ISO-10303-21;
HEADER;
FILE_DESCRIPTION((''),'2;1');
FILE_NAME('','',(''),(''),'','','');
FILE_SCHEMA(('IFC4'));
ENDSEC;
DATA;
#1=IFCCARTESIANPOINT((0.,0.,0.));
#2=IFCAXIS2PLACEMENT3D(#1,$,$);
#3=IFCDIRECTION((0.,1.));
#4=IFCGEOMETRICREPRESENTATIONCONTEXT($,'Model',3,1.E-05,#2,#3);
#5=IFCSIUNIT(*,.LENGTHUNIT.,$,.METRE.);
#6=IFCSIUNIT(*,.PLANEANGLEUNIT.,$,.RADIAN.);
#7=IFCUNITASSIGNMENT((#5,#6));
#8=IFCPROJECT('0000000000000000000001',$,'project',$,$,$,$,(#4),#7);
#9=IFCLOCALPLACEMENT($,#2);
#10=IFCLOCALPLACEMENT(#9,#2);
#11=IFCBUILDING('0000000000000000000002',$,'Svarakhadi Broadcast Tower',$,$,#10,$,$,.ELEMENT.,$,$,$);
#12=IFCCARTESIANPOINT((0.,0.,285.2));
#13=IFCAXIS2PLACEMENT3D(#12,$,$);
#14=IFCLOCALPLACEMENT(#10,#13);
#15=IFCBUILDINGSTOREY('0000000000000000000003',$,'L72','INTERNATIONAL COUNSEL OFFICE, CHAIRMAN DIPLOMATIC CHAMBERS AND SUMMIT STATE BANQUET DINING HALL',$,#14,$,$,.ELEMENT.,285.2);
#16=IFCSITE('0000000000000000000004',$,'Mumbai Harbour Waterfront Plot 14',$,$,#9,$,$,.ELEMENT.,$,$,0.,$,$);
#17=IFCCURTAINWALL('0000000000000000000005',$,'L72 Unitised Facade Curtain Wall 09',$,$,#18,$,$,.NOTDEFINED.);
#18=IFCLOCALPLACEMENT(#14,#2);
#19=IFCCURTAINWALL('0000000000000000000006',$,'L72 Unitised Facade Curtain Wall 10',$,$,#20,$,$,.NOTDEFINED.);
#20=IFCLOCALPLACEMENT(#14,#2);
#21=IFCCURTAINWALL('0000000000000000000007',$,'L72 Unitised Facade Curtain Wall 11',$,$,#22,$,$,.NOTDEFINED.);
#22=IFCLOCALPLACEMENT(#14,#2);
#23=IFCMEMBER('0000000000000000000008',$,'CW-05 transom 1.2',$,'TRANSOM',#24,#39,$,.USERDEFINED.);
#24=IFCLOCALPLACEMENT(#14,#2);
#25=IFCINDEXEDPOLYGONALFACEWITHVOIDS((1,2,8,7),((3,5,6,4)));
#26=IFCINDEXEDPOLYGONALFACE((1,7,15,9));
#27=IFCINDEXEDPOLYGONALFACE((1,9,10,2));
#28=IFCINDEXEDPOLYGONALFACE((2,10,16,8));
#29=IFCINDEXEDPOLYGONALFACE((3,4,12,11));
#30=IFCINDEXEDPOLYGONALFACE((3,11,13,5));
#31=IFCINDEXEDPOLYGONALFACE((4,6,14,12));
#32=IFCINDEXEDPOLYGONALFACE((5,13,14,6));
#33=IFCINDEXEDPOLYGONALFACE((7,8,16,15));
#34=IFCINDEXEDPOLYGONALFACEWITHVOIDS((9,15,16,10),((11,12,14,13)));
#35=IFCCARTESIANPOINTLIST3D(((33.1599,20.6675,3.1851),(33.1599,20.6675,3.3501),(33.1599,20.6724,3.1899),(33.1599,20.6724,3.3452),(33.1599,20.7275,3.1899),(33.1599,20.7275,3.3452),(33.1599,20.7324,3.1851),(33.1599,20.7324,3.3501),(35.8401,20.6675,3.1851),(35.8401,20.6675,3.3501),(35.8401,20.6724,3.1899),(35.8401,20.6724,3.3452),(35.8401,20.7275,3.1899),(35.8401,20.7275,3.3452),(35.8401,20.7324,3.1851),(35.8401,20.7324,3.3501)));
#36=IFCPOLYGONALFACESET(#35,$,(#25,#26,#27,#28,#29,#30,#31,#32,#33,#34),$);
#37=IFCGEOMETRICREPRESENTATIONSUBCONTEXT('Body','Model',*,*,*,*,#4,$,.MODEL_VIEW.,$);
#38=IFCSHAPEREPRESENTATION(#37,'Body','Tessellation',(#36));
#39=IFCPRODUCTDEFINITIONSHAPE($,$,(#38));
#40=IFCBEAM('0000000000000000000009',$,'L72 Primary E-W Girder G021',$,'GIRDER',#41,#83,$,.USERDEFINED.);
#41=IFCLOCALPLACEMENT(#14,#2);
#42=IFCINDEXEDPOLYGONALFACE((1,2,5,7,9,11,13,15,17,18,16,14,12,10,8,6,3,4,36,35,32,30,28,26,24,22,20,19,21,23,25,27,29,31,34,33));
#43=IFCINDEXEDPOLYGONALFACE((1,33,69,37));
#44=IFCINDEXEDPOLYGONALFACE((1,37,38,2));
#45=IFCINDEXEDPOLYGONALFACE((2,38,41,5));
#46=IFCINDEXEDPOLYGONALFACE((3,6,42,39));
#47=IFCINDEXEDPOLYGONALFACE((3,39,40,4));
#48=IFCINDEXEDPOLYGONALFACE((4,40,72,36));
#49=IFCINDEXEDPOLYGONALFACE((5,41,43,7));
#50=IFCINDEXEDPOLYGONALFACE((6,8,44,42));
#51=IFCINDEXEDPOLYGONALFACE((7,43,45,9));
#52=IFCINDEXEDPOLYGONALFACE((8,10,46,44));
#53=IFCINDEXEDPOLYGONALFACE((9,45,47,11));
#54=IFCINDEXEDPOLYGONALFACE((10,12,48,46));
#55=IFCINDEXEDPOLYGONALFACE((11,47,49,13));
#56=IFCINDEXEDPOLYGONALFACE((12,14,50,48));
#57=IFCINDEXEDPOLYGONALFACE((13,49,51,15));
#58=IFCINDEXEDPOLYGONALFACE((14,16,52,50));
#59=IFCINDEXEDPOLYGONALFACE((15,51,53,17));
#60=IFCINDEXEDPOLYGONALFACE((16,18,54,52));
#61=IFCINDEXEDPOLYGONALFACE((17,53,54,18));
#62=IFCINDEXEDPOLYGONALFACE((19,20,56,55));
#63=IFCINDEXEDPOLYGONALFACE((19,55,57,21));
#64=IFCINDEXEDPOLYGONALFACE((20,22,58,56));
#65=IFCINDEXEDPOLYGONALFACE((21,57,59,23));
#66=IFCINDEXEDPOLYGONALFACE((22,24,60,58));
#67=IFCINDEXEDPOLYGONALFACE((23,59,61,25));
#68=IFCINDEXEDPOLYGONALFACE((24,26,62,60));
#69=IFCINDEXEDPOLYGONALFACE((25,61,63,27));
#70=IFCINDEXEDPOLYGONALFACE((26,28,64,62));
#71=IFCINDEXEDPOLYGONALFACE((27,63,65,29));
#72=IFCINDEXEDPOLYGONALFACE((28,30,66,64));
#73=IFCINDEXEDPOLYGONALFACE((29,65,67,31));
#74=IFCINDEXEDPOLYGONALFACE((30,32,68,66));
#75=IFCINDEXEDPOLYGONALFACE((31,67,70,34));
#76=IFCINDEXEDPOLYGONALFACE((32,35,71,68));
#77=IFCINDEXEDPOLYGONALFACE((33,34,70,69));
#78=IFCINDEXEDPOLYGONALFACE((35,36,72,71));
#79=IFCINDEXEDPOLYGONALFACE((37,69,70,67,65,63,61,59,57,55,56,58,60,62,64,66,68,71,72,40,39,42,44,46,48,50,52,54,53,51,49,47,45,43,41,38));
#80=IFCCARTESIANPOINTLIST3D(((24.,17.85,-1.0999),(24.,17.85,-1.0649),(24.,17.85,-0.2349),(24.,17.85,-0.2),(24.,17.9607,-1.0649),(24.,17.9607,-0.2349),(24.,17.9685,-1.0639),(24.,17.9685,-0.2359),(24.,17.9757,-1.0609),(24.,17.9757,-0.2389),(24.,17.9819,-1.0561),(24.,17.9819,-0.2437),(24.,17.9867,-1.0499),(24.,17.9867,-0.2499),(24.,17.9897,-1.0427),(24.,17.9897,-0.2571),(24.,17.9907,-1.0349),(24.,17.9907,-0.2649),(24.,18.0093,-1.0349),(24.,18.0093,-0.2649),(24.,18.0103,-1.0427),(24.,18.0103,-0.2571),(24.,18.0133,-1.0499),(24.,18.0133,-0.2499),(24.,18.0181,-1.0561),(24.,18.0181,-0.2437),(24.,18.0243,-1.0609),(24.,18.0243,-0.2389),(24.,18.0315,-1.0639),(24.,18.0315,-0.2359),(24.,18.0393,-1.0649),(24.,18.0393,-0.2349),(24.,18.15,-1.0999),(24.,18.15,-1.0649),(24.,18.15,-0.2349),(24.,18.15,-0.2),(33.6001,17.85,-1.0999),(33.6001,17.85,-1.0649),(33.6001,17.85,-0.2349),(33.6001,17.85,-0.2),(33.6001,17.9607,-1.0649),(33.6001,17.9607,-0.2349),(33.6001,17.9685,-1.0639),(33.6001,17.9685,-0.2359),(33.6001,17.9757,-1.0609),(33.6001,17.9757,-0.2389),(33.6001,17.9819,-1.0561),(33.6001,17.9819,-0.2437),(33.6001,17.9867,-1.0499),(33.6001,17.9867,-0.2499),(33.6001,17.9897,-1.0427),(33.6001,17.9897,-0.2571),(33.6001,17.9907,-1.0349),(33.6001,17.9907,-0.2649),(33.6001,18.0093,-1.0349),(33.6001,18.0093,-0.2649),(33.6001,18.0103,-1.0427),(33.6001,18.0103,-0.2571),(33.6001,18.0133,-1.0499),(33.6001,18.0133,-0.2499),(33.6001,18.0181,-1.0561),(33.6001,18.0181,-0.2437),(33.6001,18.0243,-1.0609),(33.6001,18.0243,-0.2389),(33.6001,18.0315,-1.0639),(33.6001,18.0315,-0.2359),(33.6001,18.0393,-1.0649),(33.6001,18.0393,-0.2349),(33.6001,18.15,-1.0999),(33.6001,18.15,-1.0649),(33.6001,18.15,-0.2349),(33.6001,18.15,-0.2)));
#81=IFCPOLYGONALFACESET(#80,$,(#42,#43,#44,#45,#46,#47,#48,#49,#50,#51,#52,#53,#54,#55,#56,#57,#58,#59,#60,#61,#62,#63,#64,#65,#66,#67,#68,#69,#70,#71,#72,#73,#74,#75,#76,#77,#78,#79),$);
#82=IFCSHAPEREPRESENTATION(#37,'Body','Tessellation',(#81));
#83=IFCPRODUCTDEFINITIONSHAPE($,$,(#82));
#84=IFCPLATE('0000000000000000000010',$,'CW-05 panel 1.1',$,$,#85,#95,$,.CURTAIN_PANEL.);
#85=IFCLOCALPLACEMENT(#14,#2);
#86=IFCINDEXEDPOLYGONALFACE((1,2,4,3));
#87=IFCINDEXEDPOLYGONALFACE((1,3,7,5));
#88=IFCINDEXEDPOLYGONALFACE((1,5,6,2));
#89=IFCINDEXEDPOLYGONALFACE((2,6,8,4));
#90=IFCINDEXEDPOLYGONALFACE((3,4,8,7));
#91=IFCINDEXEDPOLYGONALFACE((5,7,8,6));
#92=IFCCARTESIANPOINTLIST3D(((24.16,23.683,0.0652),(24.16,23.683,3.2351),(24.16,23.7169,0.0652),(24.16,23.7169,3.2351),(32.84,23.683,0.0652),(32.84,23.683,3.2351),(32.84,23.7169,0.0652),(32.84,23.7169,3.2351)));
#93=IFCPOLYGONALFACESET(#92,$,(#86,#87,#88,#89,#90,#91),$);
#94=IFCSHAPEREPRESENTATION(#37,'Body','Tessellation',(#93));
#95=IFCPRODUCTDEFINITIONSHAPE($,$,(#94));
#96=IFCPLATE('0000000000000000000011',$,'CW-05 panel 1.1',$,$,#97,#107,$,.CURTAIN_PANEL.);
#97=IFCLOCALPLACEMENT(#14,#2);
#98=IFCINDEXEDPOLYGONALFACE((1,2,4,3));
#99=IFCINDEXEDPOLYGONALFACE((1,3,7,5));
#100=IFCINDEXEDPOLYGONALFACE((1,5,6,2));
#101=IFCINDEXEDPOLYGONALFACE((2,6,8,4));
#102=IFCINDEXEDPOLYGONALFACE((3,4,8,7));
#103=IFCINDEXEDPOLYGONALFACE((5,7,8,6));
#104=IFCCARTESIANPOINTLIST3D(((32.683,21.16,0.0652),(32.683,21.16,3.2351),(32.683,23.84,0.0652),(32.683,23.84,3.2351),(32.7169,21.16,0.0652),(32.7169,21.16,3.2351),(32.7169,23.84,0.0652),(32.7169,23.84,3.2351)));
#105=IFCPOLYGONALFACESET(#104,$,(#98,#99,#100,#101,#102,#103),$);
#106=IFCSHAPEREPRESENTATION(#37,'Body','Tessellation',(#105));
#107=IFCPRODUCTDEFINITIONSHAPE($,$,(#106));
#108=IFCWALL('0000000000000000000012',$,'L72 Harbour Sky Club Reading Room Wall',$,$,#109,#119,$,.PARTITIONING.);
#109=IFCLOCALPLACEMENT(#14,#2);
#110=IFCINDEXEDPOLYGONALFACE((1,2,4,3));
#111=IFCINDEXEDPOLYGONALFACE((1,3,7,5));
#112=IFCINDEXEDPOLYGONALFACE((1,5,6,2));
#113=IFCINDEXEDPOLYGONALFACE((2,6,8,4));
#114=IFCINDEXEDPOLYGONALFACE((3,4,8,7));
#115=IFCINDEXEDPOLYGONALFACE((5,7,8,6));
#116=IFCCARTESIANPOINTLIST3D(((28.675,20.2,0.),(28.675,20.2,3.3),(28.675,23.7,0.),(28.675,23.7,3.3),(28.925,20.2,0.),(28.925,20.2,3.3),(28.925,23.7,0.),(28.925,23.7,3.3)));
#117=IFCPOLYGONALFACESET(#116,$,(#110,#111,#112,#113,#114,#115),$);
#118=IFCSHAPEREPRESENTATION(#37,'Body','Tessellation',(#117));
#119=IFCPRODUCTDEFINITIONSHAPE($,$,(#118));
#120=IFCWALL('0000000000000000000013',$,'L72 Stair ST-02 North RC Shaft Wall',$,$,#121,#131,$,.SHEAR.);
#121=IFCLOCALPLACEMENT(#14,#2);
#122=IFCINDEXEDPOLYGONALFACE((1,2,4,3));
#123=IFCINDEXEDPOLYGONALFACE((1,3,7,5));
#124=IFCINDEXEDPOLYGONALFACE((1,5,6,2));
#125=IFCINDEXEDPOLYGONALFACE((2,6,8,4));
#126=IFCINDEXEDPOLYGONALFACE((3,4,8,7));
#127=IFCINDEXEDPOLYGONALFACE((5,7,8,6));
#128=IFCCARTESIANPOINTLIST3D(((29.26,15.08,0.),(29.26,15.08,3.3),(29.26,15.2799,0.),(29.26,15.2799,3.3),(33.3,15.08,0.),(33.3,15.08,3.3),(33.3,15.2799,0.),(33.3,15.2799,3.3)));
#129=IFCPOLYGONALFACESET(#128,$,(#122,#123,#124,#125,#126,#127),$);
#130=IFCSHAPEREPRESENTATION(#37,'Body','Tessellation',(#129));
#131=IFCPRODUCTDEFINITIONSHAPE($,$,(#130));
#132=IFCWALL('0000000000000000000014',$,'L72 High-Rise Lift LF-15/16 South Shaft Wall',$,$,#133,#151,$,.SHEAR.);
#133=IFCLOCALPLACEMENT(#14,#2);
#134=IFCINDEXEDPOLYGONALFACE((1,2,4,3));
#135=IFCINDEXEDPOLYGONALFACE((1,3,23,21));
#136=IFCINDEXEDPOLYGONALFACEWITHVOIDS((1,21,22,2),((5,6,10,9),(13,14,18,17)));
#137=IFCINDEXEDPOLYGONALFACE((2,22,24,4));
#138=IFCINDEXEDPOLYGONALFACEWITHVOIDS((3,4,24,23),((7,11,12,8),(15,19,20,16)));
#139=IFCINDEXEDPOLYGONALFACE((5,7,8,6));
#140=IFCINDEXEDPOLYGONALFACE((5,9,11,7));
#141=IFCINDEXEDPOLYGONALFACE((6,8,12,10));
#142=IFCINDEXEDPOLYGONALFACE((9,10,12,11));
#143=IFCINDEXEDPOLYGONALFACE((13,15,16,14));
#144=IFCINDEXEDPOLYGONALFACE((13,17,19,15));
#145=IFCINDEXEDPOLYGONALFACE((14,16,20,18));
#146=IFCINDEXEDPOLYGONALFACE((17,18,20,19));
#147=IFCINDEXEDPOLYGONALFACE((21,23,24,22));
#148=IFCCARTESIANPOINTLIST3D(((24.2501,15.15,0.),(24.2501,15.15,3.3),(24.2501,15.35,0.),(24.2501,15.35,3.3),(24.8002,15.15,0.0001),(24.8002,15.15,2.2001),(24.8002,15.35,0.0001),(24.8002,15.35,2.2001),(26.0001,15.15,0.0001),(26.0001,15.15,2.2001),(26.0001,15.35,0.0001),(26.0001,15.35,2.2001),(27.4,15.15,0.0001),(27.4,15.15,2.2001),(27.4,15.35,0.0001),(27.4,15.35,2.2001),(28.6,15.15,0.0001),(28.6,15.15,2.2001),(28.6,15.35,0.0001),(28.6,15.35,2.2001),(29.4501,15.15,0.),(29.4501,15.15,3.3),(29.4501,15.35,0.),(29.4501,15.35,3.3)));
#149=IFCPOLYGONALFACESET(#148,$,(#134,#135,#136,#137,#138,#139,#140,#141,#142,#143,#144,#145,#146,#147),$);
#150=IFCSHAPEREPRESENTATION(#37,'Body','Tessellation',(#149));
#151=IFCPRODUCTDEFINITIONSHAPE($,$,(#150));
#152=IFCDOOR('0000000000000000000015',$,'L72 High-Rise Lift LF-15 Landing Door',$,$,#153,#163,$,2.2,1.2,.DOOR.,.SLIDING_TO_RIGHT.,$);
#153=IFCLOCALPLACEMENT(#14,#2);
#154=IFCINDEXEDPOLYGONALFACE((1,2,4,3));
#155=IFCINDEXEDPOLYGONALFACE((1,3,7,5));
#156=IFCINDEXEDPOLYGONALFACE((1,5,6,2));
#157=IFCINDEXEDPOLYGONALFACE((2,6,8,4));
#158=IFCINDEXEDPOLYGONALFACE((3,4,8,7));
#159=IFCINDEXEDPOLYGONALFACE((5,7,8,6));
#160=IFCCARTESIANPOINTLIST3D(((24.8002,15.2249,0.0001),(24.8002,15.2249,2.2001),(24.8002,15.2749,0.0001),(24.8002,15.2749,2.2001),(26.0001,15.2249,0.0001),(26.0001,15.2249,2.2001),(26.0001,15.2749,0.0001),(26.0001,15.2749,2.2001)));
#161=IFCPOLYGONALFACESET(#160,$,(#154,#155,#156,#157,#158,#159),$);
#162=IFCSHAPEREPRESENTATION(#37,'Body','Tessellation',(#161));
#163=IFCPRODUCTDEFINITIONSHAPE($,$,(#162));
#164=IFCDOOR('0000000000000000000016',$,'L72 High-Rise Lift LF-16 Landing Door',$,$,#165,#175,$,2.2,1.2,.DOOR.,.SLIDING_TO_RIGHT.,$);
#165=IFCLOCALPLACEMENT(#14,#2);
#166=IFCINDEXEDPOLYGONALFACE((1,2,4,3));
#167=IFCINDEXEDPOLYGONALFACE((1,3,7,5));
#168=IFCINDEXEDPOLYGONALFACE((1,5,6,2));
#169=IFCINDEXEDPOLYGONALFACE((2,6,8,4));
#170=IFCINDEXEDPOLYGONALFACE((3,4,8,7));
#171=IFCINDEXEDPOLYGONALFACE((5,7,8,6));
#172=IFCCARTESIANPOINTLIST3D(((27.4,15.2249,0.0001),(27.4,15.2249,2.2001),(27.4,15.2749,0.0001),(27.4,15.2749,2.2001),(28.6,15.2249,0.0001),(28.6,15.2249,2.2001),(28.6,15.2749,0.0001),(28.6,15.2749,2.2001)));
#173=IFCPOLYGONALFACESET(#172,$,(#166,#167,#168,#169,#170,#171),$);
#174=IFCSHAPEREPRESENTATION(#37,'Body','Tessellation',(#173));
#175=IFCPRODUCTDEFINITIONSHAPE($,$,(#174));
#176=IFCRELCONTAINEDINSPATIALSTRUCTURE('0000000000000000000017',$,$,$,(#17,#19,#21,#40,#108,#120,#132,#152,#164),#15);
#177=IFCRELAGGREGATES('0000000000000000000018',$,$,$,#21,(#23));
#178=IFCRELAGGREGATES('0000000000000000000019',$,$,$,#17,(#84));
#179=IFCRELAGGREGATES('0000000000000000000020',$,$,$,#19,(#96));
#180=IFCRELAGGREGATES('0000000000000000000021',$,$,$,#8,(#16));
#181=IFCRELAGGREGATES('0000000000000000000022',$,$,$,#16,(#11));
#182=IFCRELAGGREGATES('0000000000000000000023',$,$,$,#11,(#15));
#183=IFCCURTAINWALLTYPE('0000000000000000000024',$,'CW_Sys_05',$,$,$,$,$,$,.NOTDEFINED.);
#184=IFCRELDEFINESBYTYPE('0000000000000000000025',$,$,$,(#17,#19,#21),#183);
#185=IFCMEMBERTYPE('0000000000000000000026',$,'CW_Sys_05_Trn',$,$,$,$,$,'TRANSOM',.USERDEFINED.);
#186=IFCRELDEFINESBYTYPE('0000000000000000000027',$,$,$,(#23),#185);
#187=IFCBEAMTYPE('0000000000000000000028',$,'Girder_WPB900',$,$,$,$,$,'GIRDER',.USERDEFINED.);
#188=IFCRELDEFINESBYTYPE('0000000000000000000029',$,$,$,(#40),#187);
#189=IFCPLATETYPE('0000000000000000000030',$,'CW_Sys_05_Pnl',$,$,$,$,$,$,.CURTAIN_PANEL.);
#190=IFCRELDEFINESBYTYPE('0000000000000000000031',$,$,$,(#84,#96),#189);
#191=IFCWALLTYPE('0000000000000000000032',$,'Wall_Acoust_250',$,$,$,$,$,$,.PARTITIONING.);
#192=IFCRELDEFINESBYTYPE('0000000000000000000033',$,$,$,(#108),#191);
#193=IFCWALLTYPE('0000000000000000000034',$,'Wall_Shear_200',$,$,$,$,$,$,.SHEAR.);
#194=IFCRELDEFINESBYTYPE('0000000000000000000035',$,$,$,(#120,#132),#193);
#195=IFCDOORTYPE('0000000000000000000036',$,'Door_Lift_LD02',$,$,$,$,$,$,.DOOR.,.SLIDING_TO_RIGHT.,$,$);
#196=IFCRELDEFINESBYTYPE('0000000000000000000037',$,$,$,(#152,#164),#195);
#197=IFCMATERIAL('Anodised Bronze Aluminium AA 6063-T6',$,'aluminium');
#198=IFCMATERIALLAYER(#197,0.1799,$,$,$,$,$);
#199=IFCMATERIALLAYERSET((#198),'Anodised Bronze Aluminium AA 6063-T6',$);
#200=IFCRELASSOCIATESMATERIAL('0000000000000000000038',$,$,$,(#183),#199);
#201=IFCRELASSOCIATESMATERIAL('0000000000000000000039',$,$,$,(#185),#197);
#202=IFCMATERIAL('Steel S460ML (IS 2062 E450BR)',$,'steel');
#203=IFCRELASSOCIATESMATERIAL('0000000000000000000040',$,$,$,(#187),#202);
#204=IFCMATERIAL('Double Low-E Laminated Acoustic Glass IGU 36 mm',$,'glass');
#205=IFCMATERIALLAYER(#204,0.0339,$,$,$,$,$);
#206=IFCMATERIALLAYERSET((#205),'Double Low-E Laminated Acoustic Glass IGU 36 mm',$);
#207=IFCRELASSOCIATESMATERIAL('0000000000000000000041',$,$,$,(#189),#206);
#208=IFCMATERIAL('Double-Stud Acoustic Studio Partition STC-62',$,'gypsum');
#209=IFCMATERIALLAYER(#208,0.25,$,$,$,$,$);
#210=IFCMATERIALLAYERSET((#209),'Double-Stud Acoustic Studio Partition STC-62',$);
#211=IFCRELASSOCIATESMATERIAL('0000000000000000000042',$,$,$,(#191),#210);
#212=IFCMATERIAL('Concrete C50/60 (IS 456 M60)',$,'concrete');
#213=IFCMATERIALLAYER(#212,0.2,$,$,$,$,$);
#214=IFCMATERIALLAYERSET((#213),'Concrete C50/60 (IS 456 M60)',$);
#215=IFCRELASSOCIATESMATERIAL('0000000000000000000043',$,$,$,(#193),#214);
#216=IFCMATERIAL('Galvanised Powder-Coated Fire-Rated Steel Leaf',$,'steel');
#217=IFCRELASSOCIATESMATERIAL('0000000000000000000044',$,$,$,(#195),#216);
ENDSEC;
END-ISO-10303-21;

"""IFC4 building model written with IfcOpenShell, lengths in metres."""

from ifc_helpers import new_model, si_unit, direction, frame, frame_2d, origin, origin_2d, place, context, subcontext, project, spatial, rectangle, hollow_rectangle, i_section, extrude, material, layer, layer_set, material_profile, profile_set, type_object, element, fill, aggregate, save


model = new_model("IFC4")

# Units and contexts
model_context = context("Model", 3, precision=1e-05, world=origin(), true_north=direction((0.0, 1.0)))
body_context = subcontext(model_context, "Body", "Model", "MODEL_VIEW")
ifc_project = project(units=[si_unit("LENGTHUNIT", "METRE"), si_unit("PLANEANGLEUNIT", "RADIAN")], contexts=[model_context])

# Site, building, storey
site_placement = place(None, origin())
site = spatial("IfcSite", under=ifc_project, at=site_placement, Name="Mumbai Harbour Waterfront Plot 14", CompositionType="ELEMENT", RefElevation=0.0)
building_placement = place(site_placement, origin())
building = spatial("IfcBuilding", under=site, at=building_placement, Name="Svarakhadi Broadcast Tower", CompositionType="ELEMENT")
storey_placement = place(building_placement, frame((0.0, 0.0, 285.2)))
storey = spatial("IfcBuildingStorey", under=building, at=storey_placement, Name="L72", Description="INTERNATIONAL COUNSEL OFFICE, CHAIRMAN DIPLOMATIC CHAMBERS AND SUMMIT STATE BANQUET DINING HALL", CompositionType="ELEMENT", Elevation=285.2)

# Shared definitions
ifc_material_1 = material(Name="Concrete C50/60 (IS 456 M60)", Category="concrete")

# Curtain walls
ifc_material_2 = material(Name="Anodised Bronze Aluminium AA 6063-T6", Category="aluminium")
ifc_layer_1 = layer(ifc_material_2, 0.1799)
ifc_layer_set_1 = layer_set([ifc_layer_1], Name="Anodised Bronze Aluminium AA 6063-T6")
curtain_wall_type = type_object("IfcCurtainWallType", Name="CW_Sys_05", PredefinedType="NOTDEFINED", material=ifc_layer_set_1)
curtain_wall_1_placement = place(storey_placement, origin())
curtain_wall_1 = element("IfcCurtainWall", 1, at=curtain_wall_1_placement, inside=storey, type_object=curtain_wall_type, Name="L72 Unitised Facade Curtain Wall 09", PredefinedType="NOTDEFINED")
curtain_wall_2_placement = place(storey_placement, origin())
curtain_wall_2 = element("IfcCurtainWall", 2, at=curtain_wall_2_placement, inside=storey, type_object=curtain_wall_type, Name="L72 Unitised Facade Curtain Wall 10", PredefinedType="NOTDEFINED")

# Curtain wall
curtain_wall_3_placement = place(storey_placement, origin())
curtain_wall_3 = element("IfcCurtainWall", 3, at=curtain_wall_3_placement, inside=storey, type_object=curtain_wall_type, Name="L72 Unitised Facade Curtain Wall 11", PredefinedType="NOTDEFINED")

# Member
ifc_material_profile_1 = material_profile(ifc_material_2, hollow_rectangle(XDim=0.0649, YDim=0.165, WallThickness=0.0049, at=origin_2d()), Name="ALU TRANSOM 165x65x5")
ifc_profile_set_1 = profile_set([ifc_material_profile_1], Name="Anodised Bronze Aluminium AA 6063-T6")
member_type_1 = type_object("IfcMemberType", Name="CW_Sys_05_Trn", ElementType="TRANSOM", PredefinedType="USERDEFINED", material=ifc_profile_set_1)
member_1_placement = place(storey_placement, frame((33.1599, 20.7, 3.2676), z_axis=(1.0, 0.0, 0.0), x_axis=(0.0, 1.0, 0.0)))
member_1 = element("IfcMember", 4, at=member_1_placement, type_object=member_type_1, Name="CW-05 transom 1.2", ObjectType="TRANSOM", PredefinedType="USERDEFINED", context=body_context, shape_type="SweptSolid", body=[
    extrude(hollow_rectangle(XDim=0.0649, YDim=0.165, WallThickness=0.0049, at=origin_2d()), origin(), (0.0, 0.0, 1.0), 2.6802),
])
aggregate(curtain_wall_3, [member_1])

# Beam
ifc_material_3 = material(Name="Steel S460ML (IS 2062 E450BR)", Category="steel")
ifc_material_profile_2 = material_profile(ifc_material_3, i_section(OverallWidth=0.3, OverallDepth=0.8999, WebThickness=0.0186, FlangeThickness=0.0349, FilletRadius=0.03, at=origin_2d()), Name="WPB 900x300x291")
ifc_profile_set_2 = profile_set([ifc_material_profile_2], Name="Steel S460ML (IS 2062 E450BR)")
beam_type = type_object("IfcBeamType", Name="Girder_WPB900", ElementType="GIRDER", PredefinedType="USERDEFINED", material=ifc_profile_set_2)
beam_placement = place(storey_placement, frame((24.0, 18.0, -0.6499), z_axis=(1.0, 0.0, 0.0), x_axis=(0.0, 1.0, 0.0)))
element("IfcBeam", 5, at=beam_placement, inside=storey, type_object=beam_type, Name="L72 Primary E-W Girder G021", ObjectType="GIRDER", PredefinedType="USERDEFINED", context=body_context, shape_type="SweptSolid", body=[
    extrude(i_section(OverallWidth=0.3, OverallDepth=0.8999, WebThickness=0.0186, FlangeThickness=0.0349, FilletRadius=0.03, at=origin_2d()), origin(), (0.0, 0.0, 1.0), 9.6001),
])

# Plates
ifc_material_4 = material(Name="Double Low-E Laminated Acoustic Glass IGU 36 mm", Category="glass")
ifc_layer_2 = layer(ifc_material_4, 0.0339)
ifc_layer_set_2 = layer_set([ifc_layer_2], Name="Double Low-E Laminated Acoustic Glass IGU 36 mm")
plate_type = type_object("IfcPlateType", Name="CW_Sys_05_Pnl", PredefinedType="CURTAIN_PANEL", material=ifc_layer_set_2)
plate_1_placement = place(storey_placement, frame((28.5, 23.7, 0.0652), z_axis=(0.0, 0.0, 1.0), x_axis=(1.0, 0.0, 0.0)))
plate_1 = element("IfcPlate", 6, at=plate_1_placement, type_object=plate_type, Name="CW-05 panel 1.1", PredefinedType="CURTAIN_PANEL", context=body_context, shape_type="SweptSolid", body=[
    extrude(rectangle(XDim=8.6799, YDim=0.0339, at=origin_2d()), origin(), (0.0, 0.0, 1.0), 3.1699),
])
aggregate(curtain_wall_1, [plate_1])
plate_2_placement = place(storey_placement, frame((32.7, 22.5, 0.0652), z_axis=(0.0, 0.0, 1.0), x_axis=(0.0, -1.0, 0.0)))
plate_2 = element("IfcPlate", 7, at=plate_2_placement, type_object=plate_type, Name="CW-05 panel 1.1", PredefinedType="CURTAIN_PANEL", context=body_context, shape_type="SweptSolid", body=[
    extrude(rectangle(XDim=2.6799, YDim=0.0339, at=origin_2d()), origin(), (0.0, 0.0, 1.0), 3.1699),
])
aggregate(curtain_wall_2, [plate_2])

# Walls
ifc_material_5 = material(Name="Double-Stud Acoustic Studio Partition STC-62", Category="gypsum")
ifc_layer_3 = layer(ifc_material_5, 0.25)
ifc_layer_set_3 = layer_set([ifc_layer_3], Name="Double-Stud Acoustic Studio Partition STC-62")
wall_type_1 = type_object("IfcWallType", Name="Wall_Acoust_250", PredefinedType="PARTITIONING", material=ifc_layer_set_3)
wall_1_placement = place(storey_placement, frame((28.8, 20.2, 0.0), z_axis=(0.0, 0.0, 1.0), x_axis=(0.0, 1.0, 0.0)))
element("IfcWall", 8, at=wall_1_placement, inside=storey, type_object=wall_type_1, Name="L72 Harbour Sky Club Reading Room Wall", PredefinedType="PARTITIONING", context=body_context, shape_type="SweptSolid", body=[
    extrude(rectangle(XDim=3.5, YDim=0.25, at=frame_2d((1.75, 0.0))), origin(), (0.0, 0.0, 1.0), 3.3),
])
ifc_layer_4 = layer(ifc_material_1, 0.2)
ifc_layer_set_4 = layer_set([ifc_layer_4], Name="Concrete C50/60 (IS 456 M60)")
wall_type_2 = type_object("IfcWallType", Name="Wall_Shear_200", PredefinedType="SHEAR", material=ifc_layer_set_4)
wall_2_placement = place(storey_placement, frame((29.26, 15.1799, 0.0), z_axis=(0.0, 0.0, 1.0), x_axis=(1.0, 0.0, 0.0)))
element("IfcWall", 9, at=wall_2_placement, inside=storey, type_object=wall_type_2, Name="L72 Stair ST-02 North RC Shaft Wall", PredefinedType="SHEAR", context=body_context, shape_type="SweptSolid", body=[
    extrude(rectangle(XDim=4.04, YDim=0.2, at=frame_2d((2.02, 0.0))), origin(), (0.0, 0.0, 1.0), 3.3),
])

# Shared definitions
ifc_material_6 = material(Name="Galvanised Powder-Coated Fire-Rated Steel Leaf", Category="steel")

# Wall, openings, doors
wall_3_placement = place(storey_placement, frame((24.25, 15.25, 0.0), z_axis=(0.0, 0.0, 1.0), x_axis=(1.0, 0.0, 0.0)))
wall_3 = element("IfcWall", 10, at=wall_3_placement, inside=storey, type_object=wall_type_2, Name="L72 High-Rise Lift LF-15/16 South Shaft Wall", PredefinedType="SHEAR", context=body_context, shape_type="SweptSolid", body=[
    extrude(rectangle(XDim=5.2, YDim=0.2, at=frame_2d((2.6001, 0.0))), origin(), (0.0, 0.0, 1.0), 3.3),
])
opening_1_placement = place(wall_3_placement, frame((0.55, 0.0, 0.0)))
opening_1 = element("IfcOpeningElement", 11, at=opening_1_placement, cuts=wall_3, PredefinedType="OPENING", context=body_context, shape_type="SweptSolid", body=[
    extrude(rectangle(XDim=1.2, YDim=2.2, at=frame_2d((0.6001, 1.1001))), frame((0.0, 0.1099, 0.0), z_axis=(0.0, -1.0, 0.0), x_axis=(1.0, 0.0, 0.0)), (0.0, 0.0, 1.0), 0.22),
])
opening_2_placement = place(wall_3_placement, frame((3.1499, 0.0, 0.0)))
opening_2 = element("IfcOpeningElement", 12, at=opening_2_placement, cuts=wall_3, PredefinedType="OPENING", context=body_context, shape_type="SweptSolid", body=[
    extrude(rectangle(XDim=1.2, YDim=2.2, at=frame_2d((0.6001, 1.1001))), frame((0.0, 0.1099, 0.0), z_axis=(0.0, -1.0, 0.0), x_axis=(1.0, 0.0, 0.0)), (0.0, 0.0, 1.0), 0.22),
])
door_type_1 = type_object("IfcDoorType", Name="Door_Lift_LD02", OperationType="SLIDING_TO_RIGHT", PredefinedType="DOOR", material=ifc_material_6)
door_1_placement = place(opening_1_placement, origin())
door_1 = element("IfcDoor", 13, at=door_1_placement, inside=storey, type_object=door_type_1, Name="L72 High-Rise Lift LF-15 Landing Door", OperationType="SLIDING_TO_RIGHT", OverallHeight=2.2, OverallWidth=1.2, PredefinedType="DOOR", context=body_context, shape_type="SweptSolid", body=[
    extrude(rectangle(XDim=1.2, YDim=2.2, at=frame_2d((0.6001, 1.1001))), frame((0.0, 0.0249, 0.0), z_axis=(0.0, -1.0, 0.0), x_axis=(1.0, 0.0, 0.0)), (0.0, 0.0, 1.0), 0.05),
])
fill(opening_1, door_1)
door_2_placement = place(opening_2_placement, origin())
door_2 = element("IfcDoor", 14, at=door_2_placement, inside=storey, type_object=door_type_1, Name="L72 High-Rise Lift LF-16 Landing Door", OperationType="SLIDING_TO_RIGHT", OverallHeight=2.2, OverallWidth=1.2, PredefinedType="DOOR", context=body_context, shape_type="SweptSolid", body=[
    extrude(rectangle(XDim=1.2, YDim=2.2, at=frame_2d((0.6001, 1.1001))), frame((0.0, 0.0249, 0.0), z_axis=(0.0, -1.0, 0.0), x_axis=(1.0, 0.0, 0.0)), (0.0, 0.0, 1.0), 0.05),
])
fill(opening_2, door_2)

save(model, "model.ifc")
